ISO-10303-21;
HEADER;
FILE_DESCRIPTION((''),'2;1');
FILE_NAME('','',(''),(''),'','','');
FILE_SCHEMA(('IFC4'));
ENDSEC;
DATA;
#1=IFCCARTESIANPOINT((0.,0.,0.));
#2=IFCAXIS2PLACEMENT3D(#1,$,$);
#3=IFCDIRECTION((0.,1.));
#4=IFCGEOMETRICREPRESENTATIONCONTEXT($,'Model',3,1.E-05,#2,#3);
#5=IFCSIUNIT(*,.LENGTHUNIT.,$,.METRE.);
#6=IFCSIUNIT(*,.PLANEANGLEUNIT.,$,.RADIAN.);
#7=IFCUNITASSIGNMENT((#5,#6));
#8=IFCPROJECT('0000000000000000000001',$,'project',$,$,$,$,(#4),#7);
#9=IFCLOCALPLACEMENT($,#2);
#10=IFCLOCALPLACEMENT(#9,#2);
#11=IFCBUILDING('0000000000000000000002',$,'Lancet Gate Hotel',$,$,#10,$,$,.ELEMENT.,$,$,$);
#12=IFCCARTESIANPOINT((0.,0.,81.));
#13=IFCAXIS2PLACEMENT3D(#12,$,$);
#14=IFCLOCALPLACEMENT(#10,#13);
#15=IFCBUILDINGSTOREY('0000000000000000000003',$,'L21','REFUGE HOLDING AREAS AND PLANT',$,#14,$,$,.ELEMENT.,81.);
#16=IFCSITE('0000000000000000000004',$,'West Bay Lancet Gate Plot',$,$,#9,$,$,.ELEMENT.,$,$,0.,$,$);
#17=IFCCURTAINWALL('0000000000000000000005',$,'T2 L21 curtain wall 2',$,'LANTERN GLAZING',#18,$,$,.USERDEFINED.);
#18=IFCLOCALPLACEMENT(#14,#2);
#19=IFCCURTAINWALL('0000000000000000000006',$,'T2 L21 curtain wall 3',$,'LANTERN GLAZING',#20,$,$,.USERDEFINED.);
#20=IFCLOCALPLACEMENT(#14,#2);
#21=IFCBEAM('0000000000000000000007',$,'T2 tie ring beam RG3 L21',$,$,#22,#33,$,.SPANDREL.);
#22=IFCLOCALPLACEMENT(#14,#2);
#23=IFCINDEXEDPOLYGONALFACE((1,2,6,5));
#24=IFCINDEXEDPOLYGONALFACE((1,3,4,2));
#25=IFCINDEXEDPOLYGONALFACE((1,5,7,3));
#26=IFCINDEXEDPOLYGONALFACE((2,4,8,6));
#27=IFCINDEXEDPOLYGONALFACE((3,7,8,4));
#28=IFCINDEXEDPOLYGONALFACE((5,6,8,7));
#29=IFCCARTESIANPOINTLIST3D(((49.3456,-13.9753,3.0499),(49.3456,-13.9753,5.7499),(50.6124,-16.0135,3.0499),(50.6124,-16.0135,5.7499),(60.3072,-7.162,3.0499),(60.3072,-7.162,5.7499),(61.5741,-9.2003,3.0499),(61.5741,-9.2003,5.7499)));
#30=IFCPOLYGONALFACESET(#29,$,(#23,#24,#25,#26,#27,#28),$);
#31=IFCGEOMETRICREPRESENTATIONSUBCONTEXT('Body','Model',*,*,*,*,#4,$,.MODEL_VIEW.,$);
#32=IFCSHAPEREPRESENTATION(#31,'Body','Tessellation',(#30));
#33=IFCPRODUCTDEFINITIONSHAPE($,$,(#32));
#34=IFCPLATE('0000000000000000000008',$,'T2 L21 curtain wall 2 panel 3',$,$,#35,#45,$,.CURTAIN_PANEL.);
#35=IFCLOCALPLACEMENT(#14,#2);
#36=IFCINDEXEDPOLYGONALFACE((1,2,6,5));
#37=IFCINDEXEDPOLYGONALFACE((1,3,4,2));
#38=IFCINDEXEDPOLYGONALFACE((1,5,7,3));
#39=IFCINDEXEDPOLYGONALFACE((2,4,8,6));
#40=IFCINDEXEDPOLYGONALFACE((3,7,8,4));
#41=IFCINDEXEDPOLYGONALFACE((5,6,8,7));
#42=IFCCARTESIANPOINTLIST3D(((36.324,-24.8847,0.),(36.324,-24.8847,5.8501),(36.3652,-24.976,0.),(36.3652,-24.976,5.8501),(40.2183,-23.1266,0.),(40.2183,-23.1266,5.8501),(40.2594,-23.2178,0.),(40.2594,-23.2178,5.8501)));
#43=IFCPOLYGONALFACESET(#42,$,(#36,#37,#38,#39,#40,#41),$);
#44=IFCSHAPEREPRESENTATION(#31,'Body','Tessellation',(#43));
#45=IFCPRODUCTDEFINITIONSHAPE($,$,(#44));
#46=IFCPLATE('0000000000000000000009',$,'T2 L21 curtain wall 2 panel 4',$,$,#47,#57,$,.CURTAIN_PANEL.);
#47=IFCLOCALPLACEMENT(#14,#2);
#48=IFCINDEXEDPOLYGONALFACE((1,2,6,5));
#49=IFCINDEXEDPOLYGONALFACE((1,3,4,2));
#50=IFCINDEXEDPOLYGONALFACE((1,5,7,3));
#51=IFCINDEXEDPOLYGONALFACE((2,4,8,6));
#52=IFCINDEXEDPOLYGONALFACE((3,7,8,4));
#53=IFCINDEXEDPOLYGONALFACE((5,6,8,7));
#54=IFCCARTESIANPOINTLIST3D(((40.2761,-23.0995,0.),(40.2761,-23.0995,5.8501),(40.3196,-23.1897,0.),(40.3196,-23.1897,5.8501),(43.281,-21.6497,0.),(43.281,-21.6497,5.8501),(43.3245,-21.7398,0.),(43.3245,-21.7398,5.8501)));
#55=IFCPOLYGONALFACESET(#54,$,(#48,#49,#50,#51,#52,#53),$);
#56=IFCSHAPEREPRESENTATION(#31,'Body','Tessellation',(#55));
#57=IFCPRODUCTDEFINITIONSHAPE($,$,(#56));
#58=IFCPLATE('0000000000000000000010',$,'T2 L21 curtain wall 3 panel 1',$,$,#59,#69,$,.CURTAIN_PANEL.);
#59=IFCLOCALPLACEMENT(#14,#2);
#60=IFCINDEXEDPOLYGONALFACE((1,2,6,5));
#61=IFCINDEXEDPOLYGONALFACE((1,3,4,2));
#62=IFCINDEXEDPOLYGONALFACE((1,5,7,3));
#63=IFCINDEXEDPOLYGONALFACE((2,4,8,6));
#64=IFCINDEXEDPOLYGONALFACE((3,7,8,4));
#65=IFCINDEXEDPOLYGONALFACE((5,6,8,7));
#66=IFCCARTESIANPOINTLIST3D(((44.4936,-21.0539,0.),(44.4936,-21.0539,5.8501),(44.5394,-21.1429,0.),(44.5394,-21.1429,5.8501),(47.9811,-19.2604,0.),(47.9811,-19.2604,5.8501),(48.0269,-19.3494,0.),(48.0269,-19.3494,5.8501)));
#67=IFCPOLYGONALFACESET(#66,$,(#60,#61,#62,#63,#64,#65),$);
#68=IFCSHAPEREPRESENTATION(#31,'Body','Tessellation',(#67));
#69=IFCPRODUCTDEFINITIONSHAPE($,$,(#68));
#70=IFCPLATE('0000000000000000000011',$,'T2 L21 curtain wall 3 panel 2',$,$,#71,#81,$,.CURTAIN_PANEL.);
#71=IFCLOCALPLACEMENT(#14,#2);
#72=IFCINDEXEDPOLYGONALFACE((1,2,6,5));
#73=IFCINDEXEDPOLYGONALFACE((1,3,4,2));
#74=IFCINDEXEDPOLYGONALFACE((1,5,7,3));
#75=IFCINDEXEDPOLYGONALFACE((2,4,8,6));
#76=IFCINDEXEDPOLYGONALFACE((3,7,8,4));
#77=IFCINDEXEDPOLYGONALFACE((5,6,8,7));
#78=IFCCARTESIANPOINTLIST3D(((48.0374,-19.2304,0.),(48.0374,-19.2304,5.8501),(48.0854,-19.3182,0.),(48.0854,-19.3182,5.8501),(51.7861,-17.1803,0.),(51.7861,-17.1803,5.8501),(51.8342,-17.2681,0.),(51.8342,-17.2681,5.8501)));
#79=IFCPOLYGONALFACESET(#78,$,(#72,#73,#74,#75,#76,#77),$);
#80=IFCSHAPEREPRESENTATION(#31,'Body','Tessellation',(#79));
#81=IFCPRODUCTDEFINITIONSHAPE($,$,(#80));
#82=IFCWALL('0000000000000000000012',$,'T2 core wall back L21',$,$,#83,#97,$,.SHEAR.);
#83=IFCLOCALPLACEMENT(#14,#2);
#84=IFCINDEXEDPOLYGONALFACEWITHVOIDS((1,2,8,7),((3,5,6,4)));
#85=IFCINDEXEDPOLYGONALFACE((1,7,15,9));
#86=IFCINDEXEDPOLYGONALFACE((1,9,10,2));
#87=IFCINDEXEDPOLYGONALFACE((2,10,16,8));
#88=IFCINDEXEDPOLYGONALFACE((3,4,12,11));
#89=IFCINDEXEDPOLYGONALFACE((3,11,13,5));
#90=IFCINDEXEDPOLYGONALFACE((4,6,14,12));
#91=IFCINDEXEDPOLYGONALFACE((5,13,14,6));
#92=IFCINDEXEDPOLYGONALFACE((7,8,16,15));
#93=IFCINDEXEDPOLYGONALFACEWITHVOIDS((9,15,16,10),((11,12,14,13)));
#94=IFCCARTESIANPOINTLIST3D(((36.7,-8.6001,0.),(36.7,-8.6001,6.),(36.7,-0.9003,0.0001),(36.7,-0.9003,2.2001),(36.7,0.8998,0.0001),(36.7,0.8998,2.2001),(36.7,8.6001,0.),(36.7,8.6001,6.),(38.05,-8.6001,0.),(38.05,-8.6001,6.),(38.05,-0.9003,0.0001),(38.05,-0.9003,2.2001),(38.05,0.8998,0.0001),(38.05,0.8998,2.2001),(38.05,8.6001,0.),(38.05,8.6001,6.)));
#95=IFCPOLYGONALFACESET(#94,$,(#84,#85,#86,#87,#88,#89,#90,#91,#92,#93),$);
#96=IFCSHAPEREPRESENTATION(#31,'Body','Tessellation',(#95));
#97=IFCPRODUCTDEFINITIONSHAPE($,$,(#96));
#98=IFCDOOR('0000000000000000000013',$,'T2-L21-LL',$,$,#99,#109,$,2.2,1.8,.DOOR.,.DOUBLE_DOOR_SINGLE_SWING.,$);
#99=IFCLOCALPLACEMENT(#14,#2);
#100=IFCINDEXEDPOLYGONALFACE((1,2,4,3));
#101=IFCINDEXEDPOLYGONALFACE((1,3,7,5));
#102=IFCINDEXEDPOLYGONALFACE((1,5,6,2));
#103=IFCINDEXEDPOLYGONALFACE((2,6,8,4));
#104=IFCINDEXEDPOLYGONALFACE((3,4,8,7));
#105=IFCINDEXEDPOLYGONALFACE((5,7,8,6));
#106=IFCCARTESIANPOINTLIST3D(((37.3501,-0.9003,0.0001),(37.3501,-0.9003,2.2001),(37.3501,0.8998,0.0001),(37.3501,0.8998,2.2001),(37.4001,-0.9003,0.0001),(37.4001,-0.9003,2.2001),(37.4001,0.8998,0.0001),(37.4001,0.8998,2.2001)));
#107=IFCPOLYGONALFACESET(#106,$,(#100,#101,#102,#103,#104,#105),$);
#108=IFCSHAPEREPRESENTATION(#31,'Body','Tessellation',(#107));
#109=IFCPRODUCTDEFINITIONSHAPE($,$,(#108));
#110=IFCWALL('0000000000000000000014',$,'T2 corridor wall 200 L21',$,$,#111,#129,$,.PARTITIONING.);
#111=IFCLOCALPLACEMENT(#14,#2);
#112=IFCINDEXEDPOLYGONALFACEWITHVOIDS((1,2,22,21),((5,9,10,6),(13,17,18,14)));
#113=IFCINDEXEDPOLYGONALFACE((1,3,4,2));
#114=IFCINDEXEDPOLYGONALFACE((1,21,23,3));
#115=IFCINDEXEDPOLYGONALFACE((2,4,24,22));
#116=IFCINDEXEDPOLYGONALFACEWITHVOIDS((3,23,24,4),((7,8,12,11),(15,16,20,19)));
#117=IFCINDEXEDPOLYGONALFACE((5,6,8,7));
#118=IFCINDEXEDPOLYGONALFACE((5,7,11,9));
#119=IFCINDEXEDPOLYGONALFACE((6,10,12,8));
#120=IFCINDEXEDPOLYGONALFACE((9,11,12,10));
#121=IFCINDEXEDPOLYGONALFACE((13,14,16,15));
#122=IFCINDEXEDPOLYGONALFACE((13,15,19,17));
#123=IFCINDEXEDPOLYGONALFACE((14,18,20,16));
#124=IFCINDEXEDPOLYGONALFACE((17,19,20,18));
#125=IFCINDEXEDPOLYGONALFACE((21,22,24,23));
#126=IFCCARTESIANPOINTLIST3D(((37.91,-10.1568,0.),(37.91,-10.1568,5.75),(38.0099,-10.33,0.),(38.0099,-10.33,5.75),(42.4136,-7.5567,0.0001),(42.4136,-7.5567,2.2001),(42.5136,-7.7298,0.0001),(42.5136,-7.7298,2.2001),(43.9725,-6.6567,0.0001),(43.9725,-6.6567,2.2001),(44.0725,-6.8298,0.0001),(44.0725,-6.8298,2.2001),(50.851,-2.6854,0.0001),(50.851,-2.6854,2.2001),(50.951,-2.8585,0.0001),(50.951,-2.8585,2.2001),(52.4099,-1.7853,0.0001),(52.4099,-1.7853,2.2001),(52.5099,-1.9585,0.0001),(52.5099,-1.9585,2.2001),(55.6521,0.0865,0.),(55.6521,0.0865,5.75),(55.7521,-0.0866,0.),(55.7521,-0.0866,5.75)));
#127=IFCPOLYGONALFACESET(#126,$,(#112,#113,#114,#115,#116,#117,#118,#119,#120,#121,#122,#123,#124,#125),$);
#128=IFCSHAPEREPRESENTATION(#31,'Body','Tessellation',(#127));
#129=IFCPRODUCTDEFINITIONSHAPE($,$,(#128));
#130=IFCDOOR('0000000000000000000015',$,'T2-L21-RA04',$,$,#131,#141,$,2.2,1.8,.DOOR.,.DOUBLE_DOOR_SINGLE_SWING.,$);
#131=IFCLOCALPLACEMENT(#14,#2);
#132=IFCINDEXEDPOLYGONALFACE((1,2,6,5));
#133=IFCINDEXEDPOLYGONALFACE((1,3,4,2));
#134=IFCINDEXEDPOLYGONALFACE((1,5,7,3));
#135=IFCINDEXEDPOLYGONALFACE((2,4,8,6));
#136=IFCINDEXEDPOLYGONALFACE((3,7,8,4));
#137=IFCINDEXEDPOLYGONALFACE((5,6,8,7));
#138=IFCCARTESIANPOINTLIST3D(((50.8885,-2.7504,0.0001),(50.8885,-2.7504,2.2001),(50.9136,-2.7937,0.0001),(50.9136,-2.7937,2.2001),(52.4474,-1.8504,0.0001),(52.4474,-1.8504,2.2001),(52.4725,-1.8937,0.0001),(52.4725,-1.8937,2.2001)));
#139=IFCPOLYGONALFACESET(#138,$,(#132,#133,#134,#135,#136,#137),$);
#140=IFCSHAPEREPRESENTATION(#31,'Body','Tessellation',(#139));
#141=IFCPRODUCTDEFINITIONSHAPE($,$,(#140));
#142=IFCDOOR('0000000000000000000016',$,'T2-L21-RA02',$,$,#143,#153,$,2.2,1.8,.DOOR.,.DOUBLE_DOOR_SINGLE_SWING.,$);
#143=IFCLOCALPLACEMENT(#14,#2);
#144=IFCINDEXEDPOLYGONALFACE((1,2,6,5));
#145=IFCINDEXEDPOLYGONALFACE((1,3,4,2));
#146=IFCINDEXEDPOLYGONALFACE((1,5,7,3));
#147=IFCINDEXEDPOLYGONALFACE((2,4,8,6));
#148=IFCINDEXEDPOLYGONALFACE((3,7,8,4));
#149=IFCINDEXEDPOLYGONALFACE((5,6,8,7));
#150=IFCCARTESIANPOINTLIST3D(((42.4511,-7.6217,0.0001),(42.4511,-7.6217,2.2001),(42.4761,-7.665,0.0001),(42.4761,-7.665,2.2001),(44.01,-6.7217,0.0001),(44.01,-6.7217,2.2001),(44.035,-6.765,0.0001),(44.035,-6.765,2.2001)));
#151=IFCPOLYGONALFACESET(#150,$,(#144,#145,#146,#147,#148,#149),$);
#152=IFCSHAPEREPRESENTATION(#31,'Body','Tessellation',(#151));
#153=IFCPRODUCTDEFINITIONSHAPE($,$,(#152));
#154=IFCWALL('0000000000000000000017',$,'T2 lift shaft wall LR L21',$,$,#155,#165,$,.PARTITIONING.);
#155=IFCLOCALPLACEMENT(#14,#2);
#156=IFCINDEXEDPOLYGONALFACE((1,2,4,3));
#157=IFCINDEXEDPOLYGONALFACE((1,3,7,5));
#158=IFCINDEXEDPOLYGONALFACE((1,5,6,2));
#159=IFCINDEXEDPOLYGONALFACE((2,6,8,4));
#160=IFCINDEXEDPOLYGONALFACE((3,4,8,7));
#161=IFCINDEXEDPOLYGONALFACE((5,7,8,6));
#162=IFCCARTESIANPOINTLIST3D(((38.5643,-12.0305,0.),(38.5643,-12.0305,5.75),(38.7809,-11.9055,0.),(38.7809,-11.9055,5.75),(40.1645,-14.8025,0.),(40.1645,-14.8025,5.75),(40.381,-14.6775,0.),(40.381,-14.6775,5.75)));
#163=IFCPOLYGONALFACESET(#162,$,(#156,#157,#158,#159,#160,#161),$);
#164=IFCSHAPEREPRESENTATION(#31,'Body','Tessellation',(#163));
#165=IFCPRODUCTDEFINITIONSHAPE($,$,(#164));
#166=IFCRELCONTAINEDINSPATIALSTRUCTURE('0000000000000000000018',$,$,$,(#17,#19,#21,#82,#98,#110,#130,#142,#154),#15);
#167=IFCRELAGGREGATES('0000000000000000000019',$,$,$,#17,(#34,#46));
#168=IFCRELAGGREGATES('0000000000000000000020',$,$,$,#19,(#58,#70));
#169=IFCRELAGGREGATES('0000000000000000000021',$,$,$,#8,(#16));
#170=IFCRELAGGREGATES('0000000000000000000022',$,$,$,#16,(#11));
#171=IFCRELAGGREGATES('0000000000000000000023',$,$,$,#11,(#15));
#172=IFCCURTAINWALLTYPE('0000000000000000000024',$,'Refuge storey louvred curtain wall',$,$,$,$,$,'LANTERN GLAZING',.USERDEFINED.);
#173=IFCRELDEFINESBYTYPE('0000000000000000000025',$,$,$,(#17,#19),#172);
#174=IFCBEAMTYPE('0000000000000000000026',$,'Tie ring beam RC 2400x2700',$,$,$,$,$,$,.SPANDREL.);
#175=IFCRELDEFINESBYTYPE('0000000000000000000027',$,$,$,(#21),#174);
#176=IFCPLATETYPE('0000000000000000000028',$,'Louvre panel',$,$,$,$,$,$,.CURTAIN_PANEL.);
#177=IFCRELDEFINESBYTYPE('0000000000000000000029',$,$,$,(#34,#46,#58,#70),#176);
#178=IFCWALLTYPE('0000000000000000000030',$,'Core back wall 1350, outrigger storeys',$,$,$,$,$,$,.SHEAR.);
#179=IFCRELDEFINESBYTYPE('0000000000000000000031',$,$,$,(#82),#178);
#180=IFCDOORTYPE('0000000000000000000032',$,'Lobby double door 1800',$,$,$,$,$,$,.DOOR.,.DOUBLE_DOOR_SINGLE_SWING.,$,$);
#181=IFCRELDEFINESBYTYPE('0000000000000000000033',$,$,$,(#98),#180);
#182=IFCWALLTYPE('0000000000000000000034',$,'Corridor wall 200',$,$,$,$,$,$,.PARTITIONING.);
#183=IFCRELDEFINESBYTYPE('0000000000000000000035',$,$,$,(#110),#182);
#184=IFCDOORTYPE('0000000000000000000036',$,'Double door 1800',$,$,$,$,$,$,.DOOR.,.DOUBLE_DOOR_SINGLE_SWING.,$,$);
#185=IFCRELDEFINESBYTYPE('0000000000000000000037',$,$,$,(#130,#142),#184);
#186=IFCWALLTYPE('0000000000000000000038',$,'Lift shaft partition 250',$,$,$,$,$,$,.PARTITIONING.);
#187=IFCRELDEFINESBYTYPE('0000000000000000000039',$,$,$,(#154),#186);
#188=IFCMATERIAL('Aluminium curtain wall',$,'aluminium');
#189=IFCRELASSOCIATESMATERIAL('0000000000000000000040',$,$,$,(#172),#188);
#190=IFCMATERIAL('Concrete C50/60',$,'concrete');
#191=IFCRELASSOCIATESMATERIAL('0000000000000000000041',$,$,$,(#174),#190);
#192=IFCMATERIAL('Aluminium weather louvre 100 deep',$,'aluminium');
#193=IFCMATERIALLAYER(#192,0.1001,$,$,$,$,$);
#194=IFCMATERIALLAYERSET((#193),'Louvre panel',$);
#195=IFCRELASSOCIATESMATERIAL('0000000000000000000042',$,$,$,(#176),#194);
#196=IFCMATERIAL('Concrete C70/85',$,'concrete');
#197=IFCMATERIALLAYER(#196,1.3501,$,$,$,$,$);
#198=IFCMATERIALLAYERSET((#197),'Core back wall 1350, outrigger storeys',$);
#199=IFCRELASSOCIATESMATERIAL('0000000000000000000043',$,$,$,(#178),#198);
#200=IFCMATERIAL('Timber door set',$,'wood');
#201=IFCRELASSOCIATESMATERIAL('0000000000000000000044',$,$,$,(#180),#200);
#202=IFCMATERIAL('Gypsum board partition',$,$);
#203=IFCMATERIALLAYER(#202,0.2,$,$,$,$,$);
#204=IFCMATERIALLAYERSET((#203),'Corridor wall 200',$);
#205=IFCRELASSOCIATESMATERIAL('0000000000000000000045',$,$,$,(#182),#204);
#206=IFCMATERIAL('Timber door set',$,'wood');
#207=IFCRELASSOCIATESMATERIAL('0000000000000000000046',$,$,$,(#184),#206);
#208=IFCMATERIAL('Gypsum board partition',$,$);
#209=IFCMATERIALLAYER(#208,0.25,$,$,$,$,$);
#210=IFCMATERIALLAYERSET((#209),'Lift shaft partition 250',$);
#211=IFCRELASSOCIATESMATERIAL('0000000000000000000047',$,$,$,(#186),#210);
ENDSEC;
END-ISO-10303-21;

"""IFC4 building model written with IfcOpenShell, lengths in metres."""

from ifc_helpers import new_model, si_unit, direction, frame, frame_2d, origin, origin_2d, place, context, subcontext, project, spatial, rectangle, extrude, material, layer, layer_set, material_profile, profile_set, type_object, element, fill, aggregate, save


model = new_model("IFC4")

# Units and contexts
model_context = context("Model", 3, precision=1e-05, world=origin(), true_north=direction((0.0, 1.0)))
body_context = subcontext(model_context, "Body", "Model", "MODEL_VIEW")
ifc_project = project(units=[si_unit("LENGTHUNIT", "METRE"), si_unit("PLANEANGLEUNIT", "RADIAN")], contexts=[model_context])

# Site, building, storey
site_placement = place(None, origin())
site = spatial("IfcSite", under=ifc_project, at=site_placement, Name="West Bay Lancet Gate Plot", CompositionType="ELEMENT", RefElevation=0.0)
building_placement = place(site_placement, origin())
building = spatial("IfcBuilding", under=site, at=building_placement, Name="Lancet Gate Hotel", CompositionType="ELEMENT")
storey_placement = place(building_placement, frame((0.0, 0.0, 81.0)))
storey = spatial("IfcBuildingStorey", under=building, at=storey_placement, Name="L21", Description="REFUGE HOLDING AREAS AND PLANT", CompositionType="ELEMENT", Elevation=81.0)

# Curtain walls
ifc_material_1 = material(Name="Aluminium curtain wall", Category="aluminium")
curtain_wall_type = type_object("IfcCurtainWallType", Name="Refuge storey louvred curtain wall", ElementType="LANTERN GLAZING", PredefinedType="USERDEFINED", material=ifc_material_1)
curtain_wall_1_placement = place(storey_placement, origin())
curtain_wall_1 = element("IfcCurtainWall", 1, at=curtain_wall_1_placement, inside=storey, type_object=curtain_wall_type, Name="T2 L21 curtain wall 2", ObjectType="LANTERN GLAZING", PredefinedType="USERDEFINED")
curtain_wall_2_placement = place(storey_placement, origin())
curtain_wall_2 = element("IfcCurtainWall", 2, at=curtain_wall_2_placement, inside=storey, type_object=curtain_wall_type, Name="T2 L21 curtain wall 3", ObjectType="LANTERN GLAZING", PredefinedType="USERDEFINED")

# Beam
ifc_material_2 = material(Name="Concrete C50/60", Category="concrete")
ifc_material_profile_1 = material_profile(ifc_material_2, rectangle(XDim=2.3999, YDim=2.7, at=origin_2d()), Name="RC 2400x2700")
ifc_profile_set_1 = profile_set([ifc_material_profile_1], Name="Concrete C50/60")
beam_type_1 = type_object("IfcBeamType", Name="Tie ring beam RC 2400x2700", PredefinedType="SPANDREL", material=ifc_profile_set_1)
beam_1_placement = place(storey_placement, frame((49.979, -14.9944, 4.3999), z_axis=(0.849312, 0.527891, 0.0), x_axis=(-0.527891, 0.849312, 0.0)))
element("IfcBeam", 3, at=beam_1_placement, inside=storey, type_object=beam_type_1, Name="T2 tie ring beam RG3 L21", PredefinedType="SPANDREL", context=body_context, shape_type="SweptSolid", body=[
    extrude(rectangle(XDim=2.3999, YDim=2.7, at=origin_2d()), origin(), (0.0, 0.0, 1.0), 12.9065),
])

# Plates
ifc_material_3 = material(Name="Aluminium weather louvre 100 deep", Category="aluminium")
ifc_layer_1 = layer(ifc_material_3, 0.1001)
ifc_layer_set_1 = layer_set([ifc_layer_1], Name="Louvre panel")
plate_type = type_object("IfcPlateType", Name="Louvre panel", PredefinedType="CURTAIN_PANEL", material=ifc_layer_set_1)
plate_1_placement = place(storey_placement, frame((38.2917, -24.0513, 0.0), z_axis=(0.0, 0.0, 1.0), x_axis=(0.911416, 0.411487, 0.0)))
plate_1 = element("IfcPlate", 4, at=plate_1_placement, type_object=plate_type, Name="T2 L21 curtain wall 2 panel 3", PredefinedType="CURTAIN_PANEL", context=body_context, shape_type="SweptSolid", body=[
    extrude(rectangle(XDim=4.2727, YDim=0.1001, at=origin_2d()), origin(), (0.0, 0.0, 1.0), 5.8501),
])
plate_2_placement = place(storey_placement, frame((41.8003, -22.4197, 0.0), z_axis=(0.0, 0.0, 1.0), x_axis=(0.900647, 0.43455, 0.0)))
plate_2 = element("IfcPlate", 5, at=plate_2_placement, type_object=plate_type, Name="T2 L21 curtain wall 2 panel 4", PredefinedType="CURTAIN_PANEL", context=body_context, shape_type="SweptSolid", body=[
    extrude(rectangle(XDim=3.3364, YDim=0.1001, at=origin_2d()), origin(), (0.0, 0.0, 1.0), 5.8501),
])
aggregate(curtain_wall_1, [plate_1, plate_2])
plate_3_placement = place(storey_placement, frame((46.2603, -20.2017, 0.0), z_axis=(0.0, 0.0, 1.0), x_axis=(0.889296, 0.457332, 0.0)))
plate_3 = element("IfcPlate", 6, at=plate_3_placement, type_object=plate_type, Name="T2 L21 curtain wall 3 panel 1", PredefinedType="CURTAIN_PANEL", context=body_context, shape_type="SweptSolid", body=[
    extrude(rectangle(XDim=3.9216, YDim=0.1001, at=origin_2d()), origin(), (0.0, 0.0, 1.0), 5.8501),
])
plate_4_placement = place(storey_placement, frame((49.9358, -18.2493, 0.0), z_axis=(0.0, 0.0, 1.0), x_axis=(0.877368, 0.479818, 0.0)))
plate_4 = element("IfcPlate", 7, at=plate_4_placement, type_object=plate_type, Name="T2 L21 curtain wall 3 panel 2", PredefinedType="CURTAIN_PANEL", context=body_context, shape_type="SweptSolid", body=[
    extrude(rectangle(XDim=4.2727, YDim=0.1001, at=origin_2d()), origin(), (0.0, 0.0, 1.0), 5.8501),
])
aggregate(curtain_wall_2, [plate_3, plate_4])

# Wall, opening, door
ifc_material_4 = material(Name="Concrete C70/85", Category="concrete")
ifc_layer_2 = layer(ifc_material_4, 1.3501)
ifc_layer_set_2 = layer_set([ifc_layer_2], Name="Core back wall 1350, outrigger storeys")
wall_type_1 = type_object("IfcWallType", Name="Core back wall 1350, outrigger storeys", PredefinedType="SHEAR", material=ifc_layer_set_2)
wall_1_placement = place(storey_placement, frame((37.375, -8.6001, 0.0), z_axis=(0.0, 0.0, 1.0), x_axis=(0.0, 1.0, 0.0)))
wall_1 = element("IfcWall", 8, at=wall_1_placement, inside=storey, type_object=wall_type_1, Name="T2 core wall back L21", PredefinedType="SHEAR", context=body_context, shape_type="SweptSolid", body=[
    extrude(rectangle(XDim=17.2002, YDim=1.3501, at=frame_2d((8.6001, 0.0))), origin(), (0.0, 0.0, 1.0), 6.0),
])
opening_1_placement = place(wall_1_placement, frame((7.7, 0.0, 0.0)))
opening_1 = element("IfcOpeningElement", 9, at=opening_1_placement, cuts=wall_1, PredefinedType="OPENING", context=body_context, shape_type="SweptSolid", body=[
    extrude(rectangle(XDim=1.8, YDim=2.2, at=frame_2d((0.8999, 1.1001))), frame((0.0, 0.6851, 0.0), z_axis=(0.0, -1.0, 0.0), x_axis=(1.0, 0.0, 0.0)), (0.0, 0.0, 1.0), 1.3701),
])
ifc_material_5 = material(Name="Timber door set", Category="wood")
door_type_1 = type_object("IfcDoorType", Name="Lobby double door 1800", OperationType="DOUBLE_DOOR_SINGLE_SWING", PredefinedType="DOOR", material=ifc_material_5)
door_1_placement = place(opening_1_placement, origin())
door_1 = element("IfcDoor", 10, at=door_1_placement, inside=storey, type_object=door_type_1, Name="T2-L21-LL", OperationType="DOUBLE_DOOR_SINGLE_SWING", OverallHeight=2.2, OverallWidth=1.8, PredefinedType="DOOR", context=body_context, shape_type="SweptSolid", body=[
    extrude(rectangle(XDim=1.8, YDim=2.2, at=frame_2d((0.8999, 1.1001))), frame((0.0, 0.0249, 0.0), z_axis=(0.0, -1.0, 0.0), x_axis=(1.0, 0.0, 0.0)), (0.0, 0.0, 1.0), 0.05),
])
fill(opening_1, door_1)

# Wall, openings, doors
ifc_material_6 = material(Name="Gypsum board partition")
ifc_layer_3 = layer(ifc_material_6, 0.2)
ifc_layer_set_3 = layer_set([ifc_layer_3], Name="Corridor wall 200")
wall_type_2 = type_object("IfcWallType", Name="Corridor wall 200", PredefinedType="PARTITIONING", material=ifc_layer_set_3)
wall_2_placement = place(storey_placement, frame((37.96, -10.2434, 0.0), z_axis=(0.0, 0.0, 1.0), x_axis=(0.866026, 0.499998, 0.0)))
wall_2 = element("IfcWall", 11, at=wall_2_placement, inside=storey, type_object=wall_type_2, Name="T2 corridor wall 200 L21", PredefinedType="PARTITIONING", context=body_context, shape_type="SweptSolid", body=[
    extrude(rectangle(XDim=20.4868, YDim=0.2, at=frame_2d((10.2434, 0.0))), origin(), (0.0, 0.0, 1.0), 5.75),
])
opening_2_placement = place(wall_2_placement, frame((14.9431, 0.0, 0.0)))
opening_2 = element("IfcOpeningElement", 12, at=opening_2_placement, cuts=wall_2, PredefinedType="OPENING", context=body_context, shape_type="SweptSolid", body=[
    extrude(rectangle(XDim=1.8, YDim=2.2, at=frame_2d((0.8999, 1.1001))), frame((0.0, 0.1099, 0.0), z_axis=(0.0, -1.0, 0.0), x_axis=(1.0, 0.0, 0.0)), (0.0, 0.0, 1.0), 0.22),
])
opening_3_placement = place(wall_2_placement, frame((5.2004, 0.0, 0.0)))
opening_3 = element("IfcOpeningElement", 13, at=opening_3_placement, cuts=wall_2, PredefinedType="OPENING", context=body_context, shape_type="SweptSolid", body=[
    extrude(rectangle(XDim=1.8, YDim=2.2, at=frame_2d((0.8999, 1.1001))), frame((0.0, 0.1099, 0.0), z_axis=(0.0, -1.0, 0.0), x_axis=(1.0, 0.0, 0.0)), (0.0, 0.0, 1.0), 0.22),
])
ifc_material_7 = material(Name="Timber door set", Category="wood")
door_type_2 = type_object("IfcDoorType", Name="Double door 1800", OperationType="DOUBLE_DOOR_SINGLE_SWING", PredefinedType="DOOR", material=ifc_material_7)
door_2_placement = place(opening_2_placement, origin())
door_2 = element("IfcDoor", 14, at=door_2_placement, inside=storey, type_object=door_type_2, Name="T2-L21-RA04", OperationType="DOUBLE_DOOR_SINGLE_SWING", OverallHeight=2.2, OverallWidth=1.8, PredefinedType="DOOR", context=body_context, shape_type="SweptSolid", body=[
    extrude(rectangle(XDim=1.8, YDim=2.2, at=frame_2d((0.8999, 1.1001))), frame((0.0, 0.0249, 0.0), z_axis=(0.0, -1.0, 0.0), x_axis=(1.0, 0.0, 0.0)), (0.0, 0.0, 1.0), 0.05),
])
fill(opening_2, door_2)
door_3_placement = place(opening_3_placement, origin())
door_3 = element("IfcDoor", 15, at=door_3_placement, inside=storey, type_object=door_type_2, Name="T2-L21-RA02", OperationType="DOUBLE_DOOR_SINGLE_SWING", OverallHeight=2.2, OverallWidth=1.8, PredefinedType="DOOR", context=body_context, shape_type="SweptSolid", body=[
    extrude(rectangle(XDim=1.8, YDim=2.2, at=frame_2d((0.8999, 1.1001))), frame((0.0, 0.0249, 0.0), z_axis=(0.0, -1.0, 0.0), x_axis=(1.0, 0.0, 0.0)), (0.0, 0.0, 1.0), 0.05),
])
fill(opening_3, door_3)

# Wall
ifc_material_8 = material(Name="Gypsum board partition")
ifc_layer_4 = layer(ifc_material_8, 0.25)
ifc_layer_set_4 = layer_set([ifc_layer_4], Name="Lift shaft partition 250")
wall_type_3 = type_object("IfcWallType", Name="Lift shaft partition 250", PredefinedType="PARTITIONING", material=ifc_layer_set_4)
wall_3_placement = place(storey_placement, frame((38.6726, -11.968, 0.0), z_axis=(0.0, 0.0, 1.0), x_axis=(0.499929, -0.866066, 0.0)))
element("IfcWall", 16, at=wall_3_placement, inside=storey, type_object=wall_type_3, Name="T2 lift shaft wall LR L21", PredefinedType="PARTITIONING", context=body_context, shape_type="SweptSolid", body=[
    extrude(rectangle(XDim=3.2007, YDim=0.25, at=frame_2d((1.6003, 0.0))), origin(), (0.0, 0.0, 1.0), 5.75),
])

save(model, "model.ifc")
